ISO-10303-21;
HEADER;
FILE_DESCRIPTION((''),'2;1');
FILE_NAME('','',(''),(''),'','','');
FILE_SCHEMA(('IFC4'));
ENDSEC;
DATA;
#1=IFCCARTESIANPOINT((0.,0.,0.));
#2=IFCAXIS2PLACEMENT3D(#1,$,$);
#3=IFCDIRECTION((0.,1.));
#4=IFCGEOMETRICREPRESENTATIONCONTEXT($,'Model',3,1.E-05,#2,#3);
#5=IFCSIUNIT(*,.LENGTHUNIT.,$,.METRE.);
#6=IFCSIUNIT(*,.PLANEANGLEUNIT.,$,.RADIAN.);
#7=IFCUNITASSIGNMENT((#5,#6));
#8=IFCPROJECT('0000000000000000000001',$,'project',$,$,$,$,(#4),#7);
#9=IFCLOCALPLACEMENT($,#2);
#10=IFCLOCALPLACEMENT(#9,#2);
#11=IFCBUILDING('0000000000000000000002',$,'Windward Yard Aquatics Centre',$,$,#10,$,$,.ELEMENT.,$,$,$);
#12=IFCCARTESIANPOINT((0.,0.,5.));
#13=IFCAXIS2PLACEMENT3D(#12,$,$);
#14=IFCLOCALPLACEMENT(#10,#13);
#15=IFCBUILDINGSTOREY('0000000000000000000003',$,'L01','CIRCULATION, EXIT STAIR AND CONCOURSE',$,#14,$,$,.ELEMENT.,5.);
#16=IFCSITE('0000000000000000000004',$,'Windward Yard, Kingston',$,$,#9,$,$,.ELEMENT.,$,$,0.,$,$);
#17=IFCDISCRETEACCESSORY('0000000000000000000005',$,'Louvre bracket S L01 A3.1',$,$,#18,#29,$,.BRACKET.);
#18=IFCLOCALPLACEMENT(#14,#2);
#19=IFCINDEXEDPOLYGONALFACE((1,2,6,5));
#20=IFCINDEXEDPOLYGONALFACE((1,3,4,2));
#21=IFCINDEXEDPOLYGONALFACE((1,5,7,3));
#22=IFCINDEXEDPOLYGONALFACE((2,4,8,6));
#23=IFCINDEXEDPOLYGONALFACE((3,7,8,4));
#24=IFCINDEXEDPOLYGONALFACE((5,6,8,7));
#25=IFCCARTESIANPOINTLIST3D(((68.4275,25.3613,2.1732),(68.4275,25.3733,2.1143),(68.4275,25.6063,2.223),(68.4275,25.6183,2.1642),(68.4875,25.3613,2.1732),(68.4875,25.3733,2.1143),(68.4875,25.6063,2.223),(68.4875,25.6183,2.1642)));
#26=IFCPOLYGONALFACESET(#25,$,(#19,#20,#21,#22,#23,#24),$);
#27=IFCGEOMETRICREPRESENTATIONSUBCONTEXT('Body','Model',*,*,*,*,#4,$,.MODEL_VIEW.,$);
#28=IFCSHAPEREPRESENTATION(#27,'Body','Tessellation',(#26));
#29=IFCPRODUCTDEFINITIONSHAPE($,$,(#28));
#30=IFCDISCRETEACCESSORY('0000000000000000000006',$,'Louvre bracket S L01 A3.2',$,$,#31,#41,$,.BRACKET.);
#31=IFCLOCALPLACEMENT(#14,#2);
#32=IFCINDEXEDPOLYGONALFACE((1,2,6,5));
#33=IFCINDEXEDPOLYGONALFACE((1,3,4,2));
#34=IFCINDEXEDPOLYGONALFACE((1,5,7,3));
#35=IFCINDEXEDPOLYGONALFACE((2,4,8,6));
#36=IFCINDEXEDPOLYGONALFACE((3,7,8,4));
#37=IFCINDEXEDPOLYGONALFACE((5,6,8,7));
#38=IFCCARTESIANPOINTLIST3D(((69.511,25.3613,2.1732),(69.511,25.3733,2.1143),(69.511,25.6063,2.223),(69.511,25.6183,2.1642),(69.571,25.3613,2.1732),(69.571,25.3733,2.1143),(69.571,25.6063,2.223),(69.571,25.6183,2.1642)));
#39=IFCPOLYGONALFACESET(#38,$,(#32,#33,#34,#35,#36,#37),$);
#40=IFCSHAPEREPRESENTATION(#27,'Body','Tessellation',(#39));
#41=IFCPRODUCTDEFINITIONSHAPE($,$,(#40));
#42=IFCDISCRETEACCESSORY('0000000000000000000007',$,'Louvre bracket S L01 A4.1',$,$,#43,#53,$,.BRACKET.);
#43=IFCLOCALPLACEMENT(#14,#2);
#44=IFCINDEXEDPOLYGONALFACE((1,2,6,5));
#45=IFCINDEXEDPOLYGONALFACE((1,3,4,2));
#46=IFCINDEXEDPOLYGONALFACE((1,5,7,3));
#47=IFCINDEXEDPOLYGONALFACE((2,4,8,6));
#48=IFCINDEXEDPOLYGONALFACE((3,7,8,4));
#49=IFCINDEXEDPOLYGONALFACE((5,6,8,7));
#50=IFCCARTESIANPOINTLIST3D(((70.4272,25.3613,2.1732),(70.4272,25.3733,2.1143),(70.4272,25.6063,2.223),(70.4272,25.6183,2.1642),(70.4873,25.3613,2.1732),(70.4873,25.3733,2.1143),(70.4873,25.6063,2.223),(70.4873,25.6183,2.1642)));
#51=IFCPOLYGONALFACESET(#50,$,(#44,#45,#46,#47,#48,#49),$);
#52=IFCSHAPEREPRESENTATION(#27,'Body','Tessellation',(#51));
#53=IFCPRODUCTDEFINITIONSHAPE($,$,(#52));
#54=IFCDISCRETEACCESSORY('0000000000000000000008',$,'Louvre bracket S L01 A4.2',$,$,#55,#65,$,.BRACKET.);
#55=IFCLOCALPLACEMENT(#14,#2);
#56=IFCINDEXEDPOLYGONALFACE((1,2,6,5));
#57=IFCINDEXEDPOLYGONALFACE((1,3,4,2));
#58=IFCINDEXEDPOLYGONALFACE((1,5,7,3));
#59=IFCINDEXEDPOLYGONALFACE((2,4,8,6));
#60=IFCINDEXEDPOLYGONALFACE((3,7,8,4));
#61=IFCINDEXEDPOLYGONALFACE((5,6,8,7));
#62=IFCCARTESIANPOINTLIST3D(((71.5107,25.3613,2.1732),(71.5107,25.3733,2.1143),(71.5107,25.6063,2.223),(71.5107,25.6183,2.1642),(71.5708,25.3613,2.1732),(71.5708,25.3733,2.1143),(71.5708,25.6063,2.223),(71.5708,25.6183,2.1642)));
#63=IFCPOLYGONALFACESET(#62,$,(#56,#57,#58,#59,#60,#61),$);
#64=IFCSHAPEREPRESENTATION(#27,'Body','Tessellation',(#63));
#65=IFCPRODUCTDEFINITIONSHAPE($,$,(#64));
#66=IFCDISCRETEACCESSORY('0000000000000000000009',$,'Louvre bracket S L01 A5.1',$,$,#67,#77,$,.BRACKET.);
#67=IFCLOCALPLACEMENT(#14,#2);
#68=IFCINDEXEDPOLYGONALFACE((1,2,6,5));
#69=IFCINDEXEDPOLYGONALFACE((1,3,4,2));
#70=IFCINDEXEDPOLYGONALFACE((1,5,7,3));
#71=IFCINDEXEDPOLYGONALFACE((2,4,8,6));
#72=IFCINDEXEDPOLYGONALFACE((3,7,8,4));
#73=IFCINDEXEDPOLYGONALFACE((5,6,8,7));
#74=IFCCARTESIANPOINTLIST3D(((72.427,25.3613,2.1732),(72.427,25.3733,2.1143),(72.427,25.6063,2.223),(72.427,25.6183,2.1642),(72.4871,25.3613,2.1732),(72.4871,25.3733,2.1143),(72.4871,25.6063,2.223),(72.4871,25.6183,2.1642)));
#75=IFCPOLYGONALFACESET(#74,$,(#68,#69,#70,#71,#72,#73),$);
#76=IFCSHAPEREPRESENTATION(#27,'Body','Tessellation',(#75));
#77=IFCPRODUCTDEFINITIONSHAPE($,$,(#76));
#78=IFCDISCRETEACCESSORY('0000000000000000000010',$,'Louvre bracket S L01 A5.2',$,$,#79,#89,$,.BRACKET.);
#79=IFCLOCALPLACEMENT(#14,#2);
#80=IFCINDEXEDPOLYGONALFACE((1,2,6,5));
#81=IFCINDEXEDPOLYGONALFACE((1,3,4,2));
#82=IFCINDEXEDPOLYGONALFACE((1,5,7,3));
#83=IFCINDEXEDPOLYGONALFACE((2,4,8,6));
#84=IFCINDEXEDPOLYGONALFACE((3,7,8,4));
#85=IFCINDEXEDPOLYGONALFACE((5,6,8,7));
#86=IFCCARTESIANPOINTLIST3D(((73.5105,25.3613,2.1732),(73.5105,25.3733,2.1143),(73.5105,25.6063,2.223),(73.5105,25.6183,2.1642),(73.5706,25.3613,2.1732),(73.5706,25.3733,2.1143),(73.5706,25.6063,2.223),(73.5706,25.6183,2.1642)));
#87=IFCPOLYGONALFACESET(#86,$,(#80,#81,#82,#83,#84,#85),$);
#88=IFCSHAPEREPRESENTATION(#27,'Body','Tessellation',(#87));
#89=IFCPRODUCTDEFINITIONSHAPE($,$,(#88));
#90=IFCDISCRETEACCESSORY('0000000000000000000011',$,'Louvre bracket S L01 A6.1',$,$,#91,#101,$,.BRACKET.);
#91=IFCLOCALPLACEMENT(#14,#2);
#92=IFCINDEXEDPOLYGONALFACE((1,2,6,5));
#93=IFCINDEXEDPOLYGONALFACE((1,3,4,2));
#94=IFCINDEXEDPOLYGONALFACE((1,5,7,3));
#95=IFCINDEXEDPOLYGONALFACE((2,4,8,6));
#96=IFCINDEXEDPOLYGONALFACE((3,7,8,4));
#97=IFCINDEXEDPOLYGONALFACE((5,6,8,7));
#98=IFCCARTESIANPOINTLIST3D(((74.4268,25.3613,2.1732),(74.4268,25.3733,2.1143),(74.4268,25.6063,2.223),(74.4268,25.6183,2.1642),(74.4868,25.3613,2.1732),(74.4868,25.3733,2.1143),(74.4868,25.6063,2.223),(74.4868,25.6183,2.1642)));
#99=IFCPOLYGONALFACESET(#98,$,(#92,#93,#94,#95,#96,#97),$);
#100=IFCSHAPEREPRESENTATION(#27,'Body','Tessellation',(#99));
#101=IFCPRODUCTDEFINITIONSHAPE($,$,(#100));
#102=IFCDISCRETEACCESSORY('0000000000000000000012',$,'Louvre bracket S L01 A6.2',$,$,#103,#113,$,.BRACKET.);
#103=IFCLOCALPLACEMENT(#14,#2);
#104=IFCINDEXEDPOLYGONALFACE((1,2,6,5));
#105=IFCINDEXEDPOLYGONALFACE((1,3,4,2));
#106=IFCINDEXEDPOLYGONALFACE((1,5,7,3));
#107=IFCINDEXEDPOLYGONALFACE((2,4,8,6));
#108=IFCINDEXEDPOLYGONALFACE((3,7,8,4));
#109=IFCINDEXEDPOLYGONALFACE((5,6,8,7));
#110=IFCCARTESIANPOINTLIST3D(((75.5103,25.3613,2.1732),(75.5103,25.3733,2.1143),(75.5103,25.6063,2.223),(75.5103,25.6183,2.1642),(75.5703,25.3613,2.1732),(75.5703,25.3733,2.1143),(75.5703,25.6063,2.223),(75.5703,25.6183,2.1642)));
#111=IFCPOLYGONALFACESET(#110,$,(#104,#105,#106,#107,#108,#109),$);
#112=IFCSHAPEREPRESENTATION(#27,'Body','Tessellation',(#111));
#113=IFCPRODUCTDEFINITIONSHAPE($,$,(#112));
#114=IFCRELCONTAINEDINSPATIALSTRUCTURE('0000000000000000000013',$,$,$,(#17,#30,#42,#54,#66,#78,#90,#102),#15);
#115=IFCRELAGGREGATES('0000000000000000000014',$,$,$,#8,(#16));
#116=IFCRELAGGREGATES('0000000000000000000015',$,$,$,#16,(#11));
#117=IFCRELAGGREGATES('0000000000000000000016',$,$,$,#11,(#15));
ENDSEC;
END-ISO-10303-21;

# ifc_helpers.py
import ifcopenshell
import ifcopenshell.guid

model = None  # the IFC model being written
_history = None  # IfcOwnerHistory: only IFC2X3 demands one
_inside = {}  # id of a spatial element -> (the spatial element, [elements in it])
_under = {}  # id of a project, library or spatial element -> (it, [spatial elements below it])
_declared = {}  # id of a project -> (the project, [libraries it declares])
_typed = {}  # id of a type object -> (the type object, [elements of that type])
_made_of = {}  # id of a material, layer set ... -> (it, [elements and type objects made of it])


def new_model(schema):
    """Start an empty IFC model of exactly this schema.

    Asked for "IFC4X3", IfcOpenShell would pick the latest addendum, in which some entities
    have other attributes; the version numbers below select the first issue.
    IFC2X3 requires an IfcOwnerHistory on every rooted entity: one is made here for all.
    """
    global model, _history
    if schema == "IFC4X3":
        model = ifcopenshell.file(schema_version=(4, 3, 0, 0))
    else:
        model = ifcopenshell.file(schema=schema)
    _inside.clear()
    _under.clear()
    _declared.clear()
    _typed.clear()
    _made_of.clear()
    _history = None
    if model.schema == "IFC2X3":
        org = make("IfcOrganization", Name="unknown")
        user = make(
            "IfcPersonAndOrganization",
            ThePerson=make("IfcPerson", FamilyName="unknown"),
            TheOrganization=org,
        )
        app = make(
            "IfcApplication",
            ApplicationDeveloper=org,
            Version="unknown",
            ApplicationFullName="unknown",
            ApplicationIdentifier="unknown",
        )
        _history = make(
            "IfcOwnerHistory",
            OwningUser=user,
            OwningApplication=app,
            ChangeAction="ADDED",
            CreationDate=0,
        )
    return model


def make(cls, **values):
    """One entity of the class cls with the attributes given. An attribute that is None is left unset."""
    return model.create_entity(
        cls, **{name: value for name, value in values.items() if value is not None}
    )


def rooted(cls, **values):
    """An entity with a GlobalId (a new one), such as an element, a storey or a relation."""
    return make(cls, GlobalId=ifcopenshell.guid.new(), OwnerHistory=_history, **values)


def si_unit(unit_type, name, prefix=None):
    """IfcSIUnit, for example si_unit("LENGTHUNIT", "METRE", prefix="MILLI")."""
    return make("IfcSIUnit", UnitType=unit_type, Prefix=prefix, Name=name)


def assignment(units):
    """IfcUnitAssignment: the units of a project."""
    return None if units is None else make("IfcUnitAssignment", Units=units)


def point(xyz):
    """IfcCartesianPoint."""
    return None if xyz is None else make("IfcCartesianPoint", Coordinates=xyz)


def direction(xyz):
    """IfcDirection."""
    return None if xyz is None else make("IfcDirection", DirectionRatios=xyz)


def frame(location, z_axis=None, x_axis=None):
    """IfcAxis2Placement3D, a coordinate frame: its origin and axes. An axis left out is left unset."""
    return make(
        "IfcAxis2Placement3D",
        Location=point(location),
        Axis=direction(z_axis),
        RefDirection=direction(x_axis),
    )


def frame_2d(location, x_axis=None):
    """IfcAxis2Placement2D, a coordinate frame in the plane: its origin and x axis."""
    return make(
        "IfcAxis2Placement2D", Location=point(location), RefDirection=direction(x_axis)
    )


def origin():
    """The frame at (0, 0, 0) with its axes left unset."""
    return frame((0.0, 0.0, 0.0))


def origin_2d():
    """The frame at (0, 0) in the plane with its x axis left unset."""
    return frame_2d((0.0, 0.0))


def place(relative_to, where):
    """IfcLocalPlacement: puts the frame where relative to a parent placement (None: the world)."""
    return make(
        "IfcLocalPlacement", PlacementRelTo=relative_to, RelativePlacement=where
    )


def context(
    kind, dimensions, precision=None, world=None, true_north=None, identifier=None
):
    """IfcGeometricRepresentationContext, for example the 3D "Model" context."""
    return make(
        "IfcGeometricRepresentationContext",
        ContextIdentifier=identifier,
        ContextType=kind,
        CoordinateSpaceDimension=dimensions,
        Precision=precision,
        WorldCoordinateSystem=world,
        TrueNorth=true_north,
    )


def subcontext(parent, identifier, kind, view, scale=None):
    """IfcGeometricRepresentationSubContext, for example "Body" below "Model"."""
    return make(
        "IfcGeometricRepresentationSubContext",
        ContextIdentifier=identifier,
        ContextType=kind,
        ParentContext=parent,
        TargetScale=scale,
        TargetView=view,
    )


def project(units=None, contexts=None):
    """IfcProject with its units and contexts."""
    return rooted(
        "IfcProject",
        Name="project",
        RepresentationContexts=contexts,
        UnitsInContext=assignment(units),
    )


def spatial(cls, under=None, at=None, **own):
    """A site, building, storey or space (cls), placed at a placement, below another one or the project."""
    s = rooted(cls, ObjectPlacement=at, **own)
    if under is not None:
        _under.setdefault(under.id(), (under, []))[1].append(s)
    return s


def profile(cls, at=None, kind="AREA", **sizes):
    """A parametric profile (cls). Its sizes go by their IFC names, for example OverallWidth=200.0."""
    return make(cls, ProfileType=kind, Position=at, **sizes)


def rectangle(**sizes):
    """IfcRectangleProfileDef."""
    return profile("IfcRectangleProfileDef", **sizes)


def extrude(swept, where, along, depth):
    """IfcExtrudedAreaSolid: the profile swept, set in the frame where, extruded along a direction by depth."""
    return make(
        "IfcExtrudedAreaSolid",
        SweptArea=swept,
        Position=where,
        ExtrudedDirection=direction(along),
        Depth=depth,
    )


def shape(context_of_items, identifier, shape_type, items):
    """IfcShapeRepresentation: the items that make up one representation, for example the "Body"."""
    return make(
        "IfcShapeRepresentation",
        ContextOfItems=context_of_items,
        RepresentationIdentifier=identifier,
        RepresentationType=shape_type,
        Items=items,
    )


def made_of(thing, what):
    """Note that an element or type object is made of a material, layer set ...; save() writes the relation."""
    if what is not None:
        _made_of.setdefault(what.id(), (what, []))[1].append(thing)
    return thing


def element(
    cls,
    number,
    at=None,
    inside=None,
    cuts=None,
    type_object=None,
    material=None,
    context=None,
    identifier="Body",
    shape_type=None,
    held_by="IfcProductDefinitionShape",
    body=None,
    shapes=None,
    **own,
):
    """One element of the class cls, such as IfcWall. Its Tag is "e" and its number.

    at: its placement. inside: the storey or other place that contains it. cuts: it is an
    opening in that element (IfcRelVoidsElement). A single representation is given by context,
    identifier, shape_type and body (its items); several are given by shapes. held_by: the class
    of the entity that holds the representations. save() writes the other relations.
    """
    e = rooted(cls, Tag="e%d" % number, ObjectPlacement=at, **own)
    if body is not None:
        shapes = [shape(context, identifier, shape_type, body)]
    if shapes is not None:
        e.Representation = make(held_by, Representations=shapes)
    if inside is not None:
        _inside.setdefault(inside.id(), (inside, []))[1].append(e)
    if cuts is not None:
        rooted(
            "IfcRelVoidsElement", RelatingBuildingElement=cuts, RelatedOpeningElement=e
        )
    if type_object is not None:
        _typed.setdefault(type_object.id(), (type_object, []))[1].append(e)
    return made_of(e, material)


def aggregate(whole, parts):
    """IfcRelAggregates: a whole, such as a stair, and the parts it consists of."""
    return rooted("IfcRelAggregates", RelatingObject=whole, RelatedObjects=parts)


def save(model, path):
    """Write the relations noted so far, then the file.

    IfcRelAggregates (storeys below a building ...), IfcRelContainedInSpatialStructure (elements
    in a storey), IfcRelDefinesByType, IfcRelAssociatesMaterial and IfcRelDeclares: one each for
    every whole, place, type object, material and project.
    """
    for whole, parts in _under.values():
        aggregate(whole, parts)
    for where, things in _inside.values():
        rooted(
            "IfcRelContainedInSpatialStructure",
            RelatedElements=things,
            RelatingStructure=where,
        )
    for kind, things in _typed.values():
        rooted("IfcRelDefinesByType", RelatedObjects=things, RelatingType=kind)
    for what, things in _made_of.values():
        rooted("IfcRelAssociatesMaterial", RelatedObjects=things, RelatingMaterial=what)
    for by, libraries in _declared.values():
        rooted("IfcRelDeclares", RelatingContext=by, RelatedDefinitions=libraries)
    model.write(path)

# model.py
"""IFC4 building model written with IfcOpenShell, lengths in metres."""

from ifc_helpers import new_model, si_unit, direction, frame, origin, origin_2d, place, context, subcontext, project, spatial, rectangle, extrude, element, save


model = new_model("IFC4")

# Units and contexts
model_context = context("Model", 3, precision=1e-05, world=origin(), true_north=direction((0.0, 1.0)))
body_context = subcontext(model_context, "Body", "Model", "MODEL_VIEW")
ifc_project = project(units=[si_unit("LENGTHUNIT", "METRE"), si_unit("PLANEANGLEUNIT", "RADIAN")], contexts=[model_context])

# Site, building, storey
site_placement = place(None, origin())
site = spatial("IfcSite", under=ifc_project, at=site_placement, Name="Windward Yard, Kingston", CompositionType="ELEMENT", RefElevation=0.0)
building_placement = place(site_placement, origin())
building = spatial("IfcBuilding", under=site, at=building_placement, Name="Windward Yard Aquatics Centre", CompositionType="ELEMENT")
storey_placement = place(building_placement, frame((0.0, 0.0, 5.0)))
storey = spatial("IfcBuildingStorey", under=building, at=storey_placement, Name="L01", Description="CIRCULATION, EXIT STAIR AND CONCOURSE", CompositionType="ELEMENT", Elevation=5.0)

# Discrete accessories
for number, where, z_axis, x_axis, name in (
    (1, (68.4575, 25.6123, 2.1936), (0.0, -0.979937, -0.199309), (1.0, 0.0, 0.0), "Louvre bracket S L01 A3.1"),
    (2, (69.541, 25.6123, 2.1936), (0.0, -0.979937, -0.199309), (1.0, 0.0, 0.0), "Louvre bracket S L01 A3.2"),
    (3, (70.4573, 25.6123, 2.1936), (0.0, -0.979937, -0.199309), (1.0, 0.0, 0.0), "Louvre bracket S L01 A4.1"),
    (4, (71.5408, 25.6123, 2.1936), (0.0, -0.979937, -0.199309), (1.0, 0.0, 0.0), "Louvre bracket S L01 A4.2"),
    (5, (72.457, 25.6123, 2.1936), (0.0, -0.979937, -0.199309), (1.0, 0.0, 0.0), "Louvre bracket S L01 A5.1"),
    (6, (73.5405, 25.6123, 2.1936), (0.0, -0.979937, -0.199309), (1.0, 0.0, 0.0), "Louvre bracket S L01 A5.2"),
    (7, (74.4568, 25.6123, 2.1936), (0.0, -0.979937, -0.199309), (1.0, 0.0, 0.0), "Louvre bracket S L01 A6.1"),
    (8, (75.5403, 25.6123, 2.1936), (0.0, -0.979937, -0.199309), (1.0, 0.0, 0.0), "Louvre bracket S L01 A6.2"),
):
    element("IfcDiscreteAccessory", number, at=place(storey_placement, frame(where, z_axis=z_axis, x_axis=x_axis)), inside=storey, Name=name, PredefinedType="BRACKET", context=body_context, shape_type="SweptSolid", body=[
        extrude(rectangle(XDim=0.0601, YDim=0.0601, at=origin_2d()), origin(), (0.0, 0.0, 1.0), 0.25),
    ])

save(model, "model.ifc")
